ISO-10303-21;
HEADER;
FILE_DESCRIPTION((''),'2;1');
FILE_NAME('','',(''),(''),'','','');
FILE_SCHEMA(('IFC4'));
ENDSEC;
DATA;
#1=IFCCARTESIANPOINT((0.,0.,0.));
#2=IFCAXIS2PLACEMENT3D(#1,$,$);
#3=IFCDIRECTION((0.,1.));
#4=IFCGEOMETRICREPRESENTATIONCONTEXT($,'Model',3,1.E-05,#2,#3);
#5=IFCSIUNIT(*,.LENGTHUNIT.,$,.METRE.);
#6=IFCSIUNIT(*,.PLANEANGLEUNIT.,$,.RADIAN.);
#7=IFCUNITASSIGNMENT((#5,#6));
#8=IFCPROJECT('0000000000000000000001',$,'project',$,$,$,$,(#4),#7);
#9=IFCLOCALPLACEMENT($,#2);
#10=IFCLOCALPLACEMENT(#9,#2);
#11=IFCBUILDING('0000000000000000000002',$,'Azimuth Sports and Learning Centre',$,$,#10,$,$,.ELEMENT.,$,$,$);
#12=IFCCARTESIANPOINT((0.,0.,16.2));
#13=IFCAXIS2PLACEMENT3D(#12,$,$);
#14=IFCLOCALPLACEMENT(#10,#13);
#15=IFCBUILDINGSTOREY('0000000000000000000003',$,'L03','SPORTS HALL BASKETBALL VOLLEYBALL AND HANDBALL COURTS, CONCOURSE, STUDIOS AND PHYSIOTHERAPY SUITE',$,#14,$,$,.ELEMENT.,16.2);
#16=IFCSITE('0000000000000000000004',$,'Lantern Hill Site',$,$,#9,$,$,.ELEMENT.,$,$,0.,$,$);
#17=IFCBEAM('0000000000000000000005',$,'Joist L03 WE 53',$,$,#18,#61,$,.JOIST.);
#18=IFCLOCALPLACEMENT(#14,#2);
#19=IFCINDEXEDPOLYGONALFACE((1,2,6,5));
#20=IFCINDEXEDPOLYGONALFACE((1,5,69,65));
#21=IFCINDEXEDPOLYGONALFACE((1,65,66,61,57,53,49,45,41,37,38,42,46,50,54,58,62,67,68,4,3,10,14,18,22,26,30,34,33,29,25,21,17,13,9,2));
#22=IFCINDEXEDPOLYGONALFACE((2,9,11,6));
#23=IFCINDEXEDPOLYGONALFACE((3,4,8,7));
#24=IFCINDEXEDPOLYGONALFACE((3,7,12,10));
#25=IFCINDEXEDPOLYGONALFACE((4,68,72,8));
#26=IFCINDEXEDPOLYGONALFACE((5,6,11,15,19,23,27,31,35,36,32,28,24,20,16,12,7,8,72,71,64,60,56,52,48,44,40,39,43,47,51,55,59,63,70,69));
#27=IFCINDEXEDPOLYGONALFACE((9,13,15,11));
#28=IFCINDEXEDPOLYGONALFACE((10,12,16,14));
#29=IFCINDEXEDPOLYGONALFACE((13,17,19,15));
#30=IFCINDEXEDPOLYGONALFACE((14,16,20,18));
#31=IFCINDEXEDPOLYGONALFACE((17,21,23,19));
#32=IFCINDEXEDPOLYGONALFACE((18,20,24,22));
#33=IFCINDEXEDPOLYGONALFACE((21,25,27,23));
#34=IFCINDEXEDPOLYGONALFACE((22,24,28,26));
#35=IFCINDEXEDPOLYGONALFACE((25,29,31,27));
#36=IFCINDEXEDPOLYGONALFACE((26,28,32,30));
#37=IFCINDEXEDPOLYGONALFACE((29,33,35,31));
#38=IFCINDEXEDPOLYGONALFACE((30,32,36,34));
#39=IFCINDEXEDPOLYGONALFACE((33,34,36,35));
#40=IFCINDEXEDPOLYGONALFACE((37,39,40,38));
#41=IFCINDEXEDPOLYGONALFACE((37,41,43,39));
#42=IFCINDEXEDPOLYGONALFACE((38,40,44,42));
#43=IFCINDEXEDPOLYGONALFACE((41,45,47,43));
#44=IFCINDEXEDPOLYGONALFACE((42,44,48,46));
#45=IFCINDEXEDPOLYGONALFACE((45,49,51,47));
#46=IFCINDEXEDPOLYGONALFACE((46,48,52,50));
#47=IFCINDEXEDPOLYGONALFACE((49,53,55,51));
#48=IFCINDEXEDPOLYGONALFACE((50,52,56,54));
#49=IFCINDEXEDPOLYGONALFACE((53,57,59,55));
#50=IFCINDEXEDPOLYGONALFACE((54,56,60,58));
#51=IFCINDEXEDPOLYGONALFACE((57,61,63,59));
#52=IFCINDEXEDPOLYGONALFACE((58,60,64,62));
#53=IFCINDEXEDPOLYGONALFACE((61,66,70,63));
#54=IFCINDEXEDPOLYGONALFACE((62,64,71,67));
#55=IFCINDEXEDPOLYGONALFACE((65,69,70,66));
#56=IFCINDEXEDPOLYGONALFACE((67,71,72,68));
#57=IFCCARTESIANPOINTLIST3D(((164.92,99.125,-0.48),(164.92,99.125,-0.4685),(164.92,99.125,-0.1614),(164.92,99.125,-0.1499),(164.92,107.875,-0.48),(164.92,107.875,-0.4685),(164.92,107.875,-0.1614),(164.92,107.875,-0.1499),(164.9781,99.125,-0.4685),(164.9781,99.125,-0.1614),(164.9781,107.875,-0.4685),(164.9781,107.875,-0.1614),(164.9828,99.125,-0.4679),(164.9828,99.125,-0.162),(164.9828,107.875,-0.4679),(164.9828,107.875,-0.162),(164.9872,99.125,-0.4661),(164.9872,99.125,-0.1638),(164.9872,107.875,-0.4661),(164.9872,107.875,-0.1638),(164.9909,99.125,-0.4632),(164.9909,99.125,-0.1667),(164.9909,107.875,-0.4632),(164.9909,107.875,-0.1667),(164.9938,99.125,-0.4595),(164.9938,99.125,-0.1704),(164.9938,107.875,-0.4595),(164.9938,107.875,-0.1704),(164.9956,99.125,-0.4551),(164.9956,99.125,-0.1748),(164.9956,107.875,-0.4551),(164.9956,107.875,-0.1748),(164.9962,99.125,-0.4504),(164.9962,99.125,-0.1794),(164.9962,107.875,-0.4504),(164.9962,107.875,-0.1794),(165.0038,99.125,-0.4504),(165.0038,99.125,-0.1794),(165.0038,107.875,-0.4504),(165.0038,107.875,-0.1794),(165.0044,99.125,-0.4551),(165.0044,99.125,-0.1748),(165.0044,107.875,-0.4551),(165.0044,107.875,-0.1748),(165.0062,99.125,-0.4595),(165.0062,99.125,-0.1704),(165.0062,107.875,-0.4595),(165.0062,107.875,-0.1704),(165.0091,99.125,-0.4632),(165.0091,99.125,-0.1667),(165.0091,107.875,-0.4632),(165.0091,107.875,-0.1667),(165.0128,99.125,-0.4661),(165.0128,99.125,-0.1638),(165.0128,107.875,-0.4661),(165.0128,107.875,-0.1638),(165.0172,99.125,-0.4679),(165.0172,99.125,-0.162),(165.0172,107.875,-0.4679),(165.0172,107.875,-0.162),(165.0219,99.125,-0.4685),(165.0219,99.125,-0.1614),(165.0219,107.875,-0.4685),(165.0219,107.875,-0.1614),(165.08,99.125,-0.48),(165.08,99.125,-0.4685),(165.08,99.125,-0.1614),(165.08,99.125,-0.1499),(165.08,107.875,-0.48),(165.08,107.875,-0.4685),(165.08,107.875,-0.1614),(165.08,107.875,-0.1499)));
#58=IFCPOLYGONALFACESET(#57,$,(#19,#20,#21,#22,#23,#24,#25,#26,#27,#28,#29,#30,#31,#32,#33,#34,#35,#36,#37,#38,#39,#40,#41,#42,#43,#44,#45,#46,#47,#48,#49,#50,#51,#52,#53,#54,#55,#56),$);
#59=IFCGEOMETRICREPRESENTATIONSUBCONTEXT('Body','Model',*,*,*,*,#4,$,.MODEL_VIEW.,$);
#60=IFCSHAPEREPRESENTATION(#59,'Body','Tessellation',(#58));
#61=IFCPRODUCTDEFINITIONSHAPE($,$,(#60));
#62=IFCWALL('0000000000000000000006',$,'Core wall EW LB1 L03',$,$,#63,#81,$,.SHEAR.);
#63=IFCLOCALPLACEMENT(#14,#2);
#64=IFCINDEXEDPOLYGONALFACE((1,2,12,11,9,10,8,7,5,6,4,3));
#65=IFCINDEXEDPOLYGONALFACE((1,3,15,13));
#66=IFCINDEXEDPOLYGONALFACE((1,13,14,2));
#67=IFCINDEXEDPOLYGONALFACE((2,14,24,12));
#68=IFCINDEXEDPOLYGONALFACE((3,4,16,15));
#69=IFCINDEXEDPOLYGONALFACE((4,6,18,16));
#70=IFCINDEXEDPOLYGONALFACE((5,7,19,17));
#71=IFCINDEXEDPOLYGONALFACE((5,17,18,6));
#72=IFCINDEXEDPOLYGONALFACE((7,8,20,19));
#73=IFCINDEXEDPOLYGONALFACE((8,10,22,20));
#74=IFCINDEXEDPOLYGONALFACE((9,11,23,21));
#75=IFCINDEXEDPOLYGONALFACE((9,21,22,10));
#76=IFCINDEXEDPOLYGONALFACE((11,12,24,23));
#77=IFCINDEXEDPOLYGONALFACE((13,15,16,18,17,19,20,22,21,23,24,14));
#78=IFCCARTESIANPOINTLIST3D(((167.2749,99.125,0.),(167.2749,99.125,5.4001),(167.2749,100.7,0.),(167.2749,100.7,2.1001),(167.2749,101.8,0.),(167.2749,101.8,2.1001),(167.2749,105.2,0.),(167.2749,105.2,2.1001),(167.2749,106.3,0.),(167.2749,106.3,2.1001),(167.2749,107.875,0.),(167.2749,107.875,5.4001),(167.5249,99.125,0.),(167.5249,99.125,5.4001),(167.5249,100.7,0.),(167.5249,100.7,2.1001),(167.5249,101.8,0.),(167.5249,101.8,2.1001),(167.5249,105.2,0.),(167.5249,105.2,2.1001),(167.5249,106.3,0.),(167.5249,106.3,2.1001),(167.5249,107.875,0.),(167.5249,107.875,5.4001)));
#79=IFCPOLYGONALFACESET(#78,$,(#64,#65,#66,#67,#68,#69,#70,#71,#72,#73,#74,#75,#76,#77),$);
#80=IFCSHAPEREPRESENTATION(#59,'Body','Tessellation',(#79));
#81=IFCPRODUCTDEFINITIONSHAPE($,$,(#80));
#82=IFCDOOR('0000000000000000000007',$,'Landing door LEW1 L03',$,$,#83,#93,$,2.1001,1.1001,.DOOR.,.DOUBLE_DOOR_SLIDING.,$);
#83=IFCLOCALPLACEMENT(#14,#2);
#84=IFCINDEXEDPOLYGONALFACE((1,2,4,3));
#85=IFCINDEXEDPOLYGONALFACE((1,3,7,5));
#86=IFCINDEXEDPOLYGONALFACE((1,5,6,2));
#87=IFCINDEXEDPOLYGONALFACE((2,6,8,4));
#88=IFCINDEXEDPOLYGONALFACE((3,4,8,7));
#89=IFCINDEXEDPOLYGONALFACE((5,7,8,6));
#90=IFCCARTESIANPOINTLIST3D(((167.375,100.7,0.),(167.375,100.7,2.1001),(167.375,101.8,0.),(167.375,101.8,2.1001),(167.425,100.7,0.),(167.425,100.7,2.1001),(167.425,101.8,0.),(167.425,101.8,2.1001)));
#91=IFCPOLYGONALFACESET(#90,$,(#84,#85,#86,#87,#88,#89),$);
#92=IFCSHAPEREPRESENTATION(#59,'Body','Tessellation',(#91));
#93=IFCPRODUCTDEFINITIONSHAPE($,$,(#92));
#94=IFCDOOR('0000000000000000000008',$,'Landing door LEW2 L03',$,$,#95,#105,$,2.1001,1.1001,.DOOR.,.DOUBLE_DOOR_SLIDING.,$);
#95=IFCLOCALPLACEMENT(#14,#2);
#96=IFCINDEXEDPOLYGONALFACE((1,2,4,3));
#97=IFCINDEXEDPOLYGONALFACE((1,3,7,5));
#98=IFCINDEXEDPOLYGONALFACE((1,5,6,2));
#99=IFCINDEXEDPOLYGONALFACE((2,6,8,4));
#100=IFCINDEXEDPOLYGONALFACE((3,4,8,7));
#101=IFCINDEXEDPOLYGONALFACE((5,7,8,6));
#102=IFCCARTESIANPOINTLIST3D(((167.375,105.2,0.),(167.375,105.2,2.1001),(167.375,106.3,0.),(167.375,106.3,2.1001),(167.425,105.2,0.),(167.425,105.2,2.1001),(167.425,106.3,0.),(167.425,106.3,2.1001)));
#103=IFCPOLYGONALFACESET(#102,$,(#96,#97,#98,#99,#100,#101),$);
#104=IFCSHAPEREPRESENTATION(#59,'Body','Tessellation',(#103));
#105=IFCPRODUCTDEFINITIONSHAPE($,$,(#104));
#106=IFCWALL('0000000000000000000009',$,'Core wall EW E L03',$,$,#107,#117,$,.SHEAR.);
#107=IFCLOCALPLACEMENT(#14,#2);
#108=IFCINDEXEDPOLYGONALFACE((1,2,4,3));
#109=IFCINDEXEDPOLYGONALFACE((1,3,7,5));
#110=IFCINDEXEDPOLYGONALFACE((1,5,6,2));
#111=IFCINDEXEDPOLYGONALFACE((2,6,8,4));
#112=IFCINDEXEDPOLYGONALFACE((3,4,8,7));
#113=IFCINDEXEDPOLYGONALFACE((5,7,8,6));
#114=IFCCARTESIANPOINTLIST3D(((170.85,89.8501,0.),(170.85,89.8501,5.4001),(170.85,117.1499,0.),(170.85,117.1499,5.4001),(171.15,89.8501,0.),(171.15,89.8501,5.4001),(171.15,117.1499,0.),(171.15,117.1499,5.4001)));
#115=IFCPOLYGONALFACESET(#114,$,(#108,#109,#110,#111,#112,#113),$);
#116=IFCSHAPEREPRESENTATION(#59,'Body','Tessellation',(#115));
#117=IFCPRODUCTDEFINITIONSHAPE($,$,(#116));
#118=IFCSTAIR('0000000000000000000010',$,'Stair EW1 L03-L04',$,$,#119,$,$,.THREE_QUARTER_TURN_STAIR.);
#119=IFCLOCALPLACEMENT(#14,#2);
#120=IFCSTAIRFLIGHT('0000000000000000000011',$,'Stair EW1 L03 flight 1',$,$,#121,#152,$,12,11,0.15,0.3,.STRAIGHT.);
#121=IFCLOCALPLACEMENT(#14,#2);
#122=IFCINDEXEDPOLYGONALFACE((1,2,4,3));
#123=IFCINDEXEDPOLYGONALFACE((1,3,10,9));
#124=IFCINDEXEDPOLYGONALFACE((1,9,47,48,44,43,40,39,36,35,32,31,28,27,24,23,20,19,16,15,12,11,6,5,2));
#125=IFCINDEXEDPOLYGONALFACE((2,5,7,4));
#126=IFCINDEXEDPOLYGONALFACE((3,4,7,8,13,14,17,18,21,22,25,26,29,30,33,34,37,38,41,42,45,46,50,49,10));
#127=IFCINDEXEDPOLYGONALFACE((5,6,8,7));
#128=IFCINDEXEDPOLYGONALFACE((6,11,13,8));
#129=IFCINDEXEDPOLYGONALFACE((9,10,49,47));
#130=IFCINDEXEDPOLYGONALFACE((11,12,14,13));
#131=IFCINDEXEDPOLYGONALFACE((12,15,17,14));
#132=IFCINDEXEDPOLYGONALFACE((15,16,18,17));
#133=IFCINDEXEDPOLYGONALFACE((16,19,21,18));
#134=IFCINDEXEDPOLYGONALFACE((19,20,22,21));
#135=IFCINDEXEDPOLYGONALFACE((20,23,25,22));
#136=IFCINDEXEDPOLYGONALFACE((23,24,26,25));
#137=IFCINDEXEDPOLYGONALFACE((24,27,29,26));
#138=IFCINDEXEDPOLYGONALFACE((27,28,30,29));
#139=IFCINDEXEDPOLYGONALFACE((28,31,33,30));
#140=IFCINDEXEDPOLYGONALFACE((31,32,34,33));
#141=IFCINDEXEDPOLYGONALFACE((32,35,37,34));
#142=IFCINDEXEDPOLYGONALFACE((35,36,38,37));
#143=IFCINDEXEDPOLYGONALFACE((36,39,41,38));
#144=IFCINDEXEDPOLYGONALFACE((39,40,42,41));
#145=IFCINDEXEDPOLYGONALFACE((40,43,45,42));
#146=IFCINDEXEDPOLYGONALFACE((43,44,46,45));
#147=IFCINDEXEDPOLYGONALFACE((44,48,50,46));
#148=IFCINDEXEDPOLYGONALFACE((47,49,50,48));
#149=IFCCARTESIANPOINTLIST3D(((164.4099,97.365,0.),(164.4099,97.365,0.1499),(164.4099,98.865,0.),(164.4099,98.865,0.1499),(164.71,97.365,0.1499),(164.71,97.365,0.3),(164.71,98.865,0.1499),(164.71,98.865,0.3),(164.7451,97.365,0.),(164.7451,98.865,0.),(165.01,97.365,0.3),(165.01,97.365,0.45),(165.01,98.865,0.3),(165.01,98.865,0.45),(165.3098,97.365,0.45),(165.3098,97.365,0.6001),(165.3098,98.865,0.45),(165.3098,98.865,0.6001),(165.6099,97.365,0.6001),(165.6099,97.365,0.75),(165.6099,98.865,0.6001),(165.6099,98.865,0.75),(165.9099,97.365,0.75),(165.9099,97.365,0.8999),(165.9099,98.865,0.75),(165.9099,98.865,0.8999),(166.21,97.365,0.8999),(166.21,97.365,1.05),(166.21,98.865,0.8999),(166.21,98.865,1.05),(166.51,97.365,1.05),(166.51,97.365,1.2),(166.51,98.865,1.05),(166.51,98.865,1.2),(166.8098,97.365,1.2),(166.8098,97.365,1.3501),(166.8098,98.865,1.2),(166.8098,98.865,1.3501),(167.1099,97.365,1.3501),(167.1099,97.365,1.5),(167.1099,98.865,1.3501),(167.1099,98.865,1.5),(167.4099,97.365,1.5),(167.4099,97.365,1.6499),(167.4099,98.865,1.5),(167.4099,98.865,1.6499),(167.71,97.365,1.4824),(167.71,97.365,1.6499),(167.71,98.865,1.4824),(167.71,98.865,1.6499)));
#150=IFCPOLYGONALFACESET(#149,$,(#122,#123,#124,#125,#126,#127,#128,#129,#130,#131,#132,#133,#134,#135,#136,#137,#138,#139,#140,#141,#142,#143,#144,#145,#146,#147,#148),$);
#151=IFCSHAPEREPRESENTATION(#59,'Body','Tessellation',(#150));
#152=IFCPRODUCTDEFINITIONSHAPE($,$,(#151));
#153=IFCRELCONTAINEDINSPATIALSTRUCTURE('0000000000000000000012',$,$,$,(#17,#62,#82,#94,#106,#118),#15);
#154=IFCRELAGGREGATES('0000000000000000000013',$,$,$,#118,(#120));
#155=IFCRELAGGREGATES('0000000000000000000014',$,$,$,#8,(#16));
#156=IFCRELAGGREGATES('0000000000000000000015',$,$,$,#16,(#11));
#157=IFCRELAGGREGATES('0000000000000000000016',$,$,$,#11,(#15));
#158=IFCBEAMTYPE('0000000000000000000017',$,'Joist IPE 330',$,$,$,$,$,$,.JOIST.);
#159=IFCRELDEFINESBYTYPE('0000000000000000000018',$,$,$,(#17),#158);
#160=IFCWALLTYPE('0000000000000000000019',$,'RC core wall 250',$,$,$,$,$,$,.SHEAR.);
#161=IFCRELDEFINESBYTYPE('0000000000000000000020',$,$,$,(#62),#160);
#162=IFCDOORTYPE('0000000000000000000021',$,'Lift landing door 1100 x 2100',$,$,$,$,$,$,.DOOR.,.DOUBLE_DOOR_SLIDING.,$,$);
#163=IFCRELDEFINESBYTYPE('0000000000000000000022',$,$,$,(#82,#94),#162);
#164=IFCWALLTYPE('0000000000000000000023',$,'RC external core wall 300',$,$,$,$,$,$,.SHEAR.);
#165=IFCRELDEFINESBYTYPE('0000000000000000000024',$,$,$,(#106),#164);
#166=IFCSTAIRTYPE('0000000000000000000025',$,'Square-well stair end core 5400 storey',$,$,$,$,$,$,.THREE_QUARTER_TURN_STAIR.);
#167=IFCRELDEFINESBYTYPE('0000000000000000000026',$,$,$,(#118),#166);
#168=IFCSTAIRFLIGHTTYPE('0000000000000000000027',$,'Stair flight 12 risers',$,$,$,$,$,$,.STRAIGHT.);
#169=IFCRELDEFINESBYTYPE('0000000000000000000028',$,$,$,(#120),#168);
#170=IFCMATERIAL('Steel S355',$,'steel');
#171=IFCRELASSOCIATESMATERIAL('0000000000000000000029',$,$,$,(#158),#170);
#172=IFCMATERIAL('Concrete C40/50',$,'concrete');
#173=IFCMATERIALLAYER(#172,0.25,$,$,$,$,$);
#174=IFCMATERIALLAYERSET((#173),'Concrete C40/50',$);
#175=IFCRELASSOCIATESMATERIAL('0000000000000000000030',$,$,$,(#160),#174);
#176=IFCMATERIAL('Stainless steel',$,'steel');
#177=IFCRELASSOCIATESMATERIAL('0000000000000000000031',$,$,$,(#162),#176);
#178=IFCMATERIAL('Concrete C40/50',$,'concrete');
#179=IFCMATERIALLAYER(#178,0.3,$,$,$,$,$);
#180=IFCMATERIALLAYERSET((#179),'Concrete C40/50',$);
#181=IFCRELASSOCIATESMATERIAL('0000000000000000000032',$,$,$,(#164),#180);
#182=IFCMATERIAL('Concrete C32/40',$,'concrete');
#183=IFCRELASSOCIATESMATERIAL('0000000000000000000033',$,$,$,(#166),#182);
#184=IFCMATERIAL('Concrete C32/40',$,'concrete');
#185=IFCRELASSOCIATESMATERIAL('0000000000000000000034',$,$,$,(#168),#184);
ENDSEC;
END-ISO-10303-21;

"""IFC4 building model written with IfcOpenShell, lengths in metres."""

from ifc_helpers import new_model, si_unit, direction, frame, frame_2d, origin, origin_2d, place, context, subcontext, project, spatial, polyline, rectangle, i_section, outline, extrude, material, layer, layer_set, material_profile, profile_set, type_object, element, fill, aggregate, save


model = new_model("IFC4")

# Units and contexts
model_context = context("Model", 3, precision=1e-05, world=origin(), true_north=direction((0.0, 1.0)))
body_context = subcontext(model_context, "Body", "Model", "MODEL_VIEW")
ifc_project = project(units=[si_unit("LENGTHUNIT", "METRE"), si_unit("PLANEANGLEUNIT", "RADIAN")], contexts=[model_context])

# Site, building, storey
site_placement = place(None, origin())
site = spatial("IfcSite", under=ifc_project, at=site_placement, Name="Lantern Hill Site", CompositionType="ELEMENT", RefElevation=0.0)
building_placement = place(site_placement, origin())
building = spatial("IfcBuilding", under=site, at=building_placement, Name="Azimuth Sports and Learning Centre", CompositionType="ELEMENT")
storey_placement = place(building_placement, frame((0.0, 0.0, 16.2)))
storey = spatial("IfcBuildingStorey", under=building, at=storey_placement, Name="L03", Description="SPORTS HALL BASKETBALL VOLLEYBALL AND HANDBALL COURTS, CONCOURSE, STUDIOS AND PHYSIOTHERAPY SUITE", CompositionType="ELEMENT", Elevation=16.2)

# Beam
ifc_material_1 = material(Name="Steel S355", Category="steel")
ifc_material_profile_1 = material_profile(ifc_material_1, i_section(OverallWidth=0.1599, OverallDepth=0.3301, WebThickness=0.0076, FlangeThickness=0.0115, FilletRadius=0.0181, at=origin_2d()), Name="IPE 330")
ifc_profile_set_1 = profile_set([ifc_material_profile_1], Name="Steel S355")
beam_type_1 = type_object("IfcBeamType", Name="Joist IPE 330", PredefinedType="JOIST", material=ifc_profile_set_1)
beam_placement = place(storey_placement, frame((165.0, 99.125, -0.3149), z_axis=(0.0, 1.0, 0.0), x_axis=(-1.0, 0.0, 0.0)))
element("IfcBeam", 1, at=beam_placement, inside=storey, type_object=beam_type_1, Name="Joist L03 WE 53", PredefinedType="JOIST", context=body_context, shape_type="SweptSolid", body=[
    extrude(i_section(OverallWidth=0.1599, OverallDepth=0.3301, WebThickness=0.0076, FlangeThickness=0.0115, FilletRadius=0.0181, at=origin_2d()), origin(), (0.0, 0.0, 1.0), 8.75),
])

# Wall, openings, doors
ifc_material_2 = material(Name="Concrete C40/50", Category="concrete")
ifc_layer_1 = layer(ifc_material_2, 0.25)
ifc_layer_set_1 = layer_set([ifc_layer_1], Name="Concrete C40/50")
wall_type_1 = type_object("IfcWallType", Name="RC core wall 250", PredefinedType="SHEAR", material=ifc_layer_set_1)
wall_1_placement = place(storey_placement, frame((167.3999, 99.125, 0.0), z_axis=(0.0, 0.0, 1.0), x_axis=(0.0, 1.0, 0.0)))
wall_1 = element("IfcWall", 2, at=wall_1_placement, inside=storey, type_object=wall_type_1, Name="Core wall EW LB1 L03", PredefinedType="SHEAR", context=body_context, shape_type="SweptSolid", body=[
    extrude(rectangle(XDim=8.75, YDim=0.25, at=frame_2d((4.375, 0.0))), origin(), (0.0, 0.0, 1.0), 5.4001),
])
opening_1_placement = place(wall_1_placement, frame((1.575, 0.0, 0.0)))
opening_1 = element("IfcOpeningElement", 3, at=opening_1_placement, cuts=wall_1, PredefinedType="OPENING", context=body_context, shape_type="SweptSolid", body=[
    extrude(rectangle(XDim=1.1001, YDim=2.1001, at=frame_2d((0.55, 1.05))), frame((0.0, 0.136, 0.0), z_axis=(0.0, -1.0, 0.0), x_axis=(1.0, 0.0, 0.0)), (0.0, 0.0, 1.0), 0.272),
])
opening_2_placement = place(wall_1_placement, frame((6.075, 0.0, 0.0)))
opening_2 = element("IfcOpeningElement", 4, at=opening_2_placement, cuts=wall_1, PredefinedType="OPENING", context=body_context, shape_type="SweptSolid", body=[
    extrude(rectangle(XDim=1.1001, YDim=2.1001, at=frame_2d((0.55, 1.05))), frame((0.0, 0.136, 0.0), z_axis=(0.0, -1.0, 0.0), x_axis=(1.0, 0.0, 0.0)), (0.0, 0.0, 1.0), 0.272),
])
ifc_material_3 = material(Name="Stainless steel", Category="steel")
door_type = type_object("IfcDoorType", Name="Lift landing door 1100 x 2100", OperationType="DOUBLE_DOOR_SLIDING", PredefinedType="DOOR", material=ifc_material_3)
door_1_placement = place(opening_1_placement, origin())
door_1 = element("IfcDoor", 5, at=door_1_placement, inside=storey, type_object=door_type, Name="Landing door LEW1 L03", OperationType="DOUBLE_DOOR_SLIDING", OverallHeight=2.1001, OverallWidth=1.1001, PredefinedType="DOOR", context=body_context, shape_type="SweptSolid", body=[
    extrude(rectangle(XDim=1.1001, YDim=2.1001, at=frame_2d((0.55, 1.05))), frame((0.0, 0.0249, 0.0), z_axis=(0.0, -1.0, 0.0), x_axis=(1.0, 0.0, 0.0)), (0.0, 0.0, 1.0), 0.05),
])
fill(opening_1, door_1)
door_2_placement = place(opening_2_placement, origin())
door_2 = element("IfcDoor", 6, at=door_2_placement, inside=storey, type_object=door_type, Name="Landing door LEW2 L03", OperationType="DOUBLE_DOOR_SLIDING", OverallHeight=2.1001, OverallWidth=1.1001, PredefinedType="DOOR", context=body_context, shape_type="SweptSolid", body=[
    extrude(rectangle(XDim=1.1001, YDim=2.1001, at=frame_2d((0.55, 1.05))), frame((0.0, 0.0249, 0.0), z_axis=(0.0, -1.0, 0.0), x_axis=(1.0, 0.0, 0.0)), (0.0, 0.0, 1.0), 0.05),
])
fill(opening_2, door_2)

# Wall
ifc_material_4 = material(Name="Concrete C40/50", Category="concrete")
ifc_layer_2 = layer(ifc_material_4, 0.3)
ifc_layer_set_2 = layer_set([ifc_layer_2], Name="Concrete C40/50")
wall_type_2 = type_object("IfcWallType", Name="RC external core wall 300", PredefinedType="SHEAR", material=ifc_layer_set_2)
wall_2_placement = place(storey_placement, frame((171.0, 89.8501, 0.0), z_axis=(0.0, 0.0, 1.0), x_axis=(0.0, 1.0, 0.0)))
element("IfcWall", 7, at=wall_2_placement, inside=storey, type_object=wall_type_2, Name="Core wall EW E L03", PredefinedType="SHEAR", context=body_context, shape_type="SweptSolid", body=[
    extrude(rectangle(XDim=27.2998, YDim=0.3, at=frame_2d((13.6499, 0.0))), origin(), (0.0, 0.0, 1.0), 5.4001),
])

# Stair, stair flight
ifc_material_5 = material(Name="Concrete C32/40", Category="concrete")
stair_type = type_object("IfcStairType", Name="Square-well stair end core 5400 storey", PredefinedType="THREE_QUARTER_TURN_STAIR", material=ifc_material_5)
stair_placement = place(storey_placement, origin())
stair = element("IfcStair", 8, at=stair_placement, inside=storey, type_object=stair_type, Name="Stair EW1 L03-L04", PredefinedType="THREE_QUARTER_TURN_STAIR")
ifc_material_6 = material(Name="Concrete C32/40", Category="concrete")
stair_flight_type = type_object("IfcStairFlightType", Name="Stair flight 12 risers", PredefinedType="STRAIGHT", material=ifc_material_6)
stair_flight_1_placement = place(storey_placement, frame((164.4099, 98.115, 0.0), z_axis=(0.0, 0.0, 1.0), x_axis=(1.0, 0.0, 0.0)))
stair_flight_1 = element("IfcStairFlight", 9, at=stair_flight_1_placement, type_object=stair_flight_type, Name="Stair EW1 L03 flight 1", NumberOfRisers=12, NumberOfTreads=11, PredefinedType="STRAIGHT", RiserHeight=0.15, TreadLength=0.3, context=body_context, shape_type="SweptSolid", body=[
    extrude(outline(polyline([(0.0, 0.0), (0.0, 0.1499), (0.3, 0.1499), (0.3, 0.3), (0.6001, 0.3), (0.6001, 0.45), (0.8999, 0.45), (0.8999, 0.6001), (1.2, 0.6001), (1.2, 0.75), (1.5, 0.75), (1.5, 0.8999), (1.8, 0.8999), (1.8, 1.05), (2.1001, 1.05), (2.1001, 1.2), (2.3999, 1.2), (2.3999, 1.3501), (2.7, 1.3501), (2.7, 1.5), (3.0, 1.5), (3.0, 1.6499), (3.3, 1.6499), (3.3, 1.8), (3.3, 1.4824), (0.3352, 0.0), (0.0, 0.0)])), frame((0.0, 0.75, 0.0), z_axis=(0.0, -1.0, 0.0), x_axis=(1.0, 0.0, 0.0)), (0.0, 0.0, 1.0), 1.5),
])
aggregate(stair, [stair_flight_1])

save(model, "model.ifc")
